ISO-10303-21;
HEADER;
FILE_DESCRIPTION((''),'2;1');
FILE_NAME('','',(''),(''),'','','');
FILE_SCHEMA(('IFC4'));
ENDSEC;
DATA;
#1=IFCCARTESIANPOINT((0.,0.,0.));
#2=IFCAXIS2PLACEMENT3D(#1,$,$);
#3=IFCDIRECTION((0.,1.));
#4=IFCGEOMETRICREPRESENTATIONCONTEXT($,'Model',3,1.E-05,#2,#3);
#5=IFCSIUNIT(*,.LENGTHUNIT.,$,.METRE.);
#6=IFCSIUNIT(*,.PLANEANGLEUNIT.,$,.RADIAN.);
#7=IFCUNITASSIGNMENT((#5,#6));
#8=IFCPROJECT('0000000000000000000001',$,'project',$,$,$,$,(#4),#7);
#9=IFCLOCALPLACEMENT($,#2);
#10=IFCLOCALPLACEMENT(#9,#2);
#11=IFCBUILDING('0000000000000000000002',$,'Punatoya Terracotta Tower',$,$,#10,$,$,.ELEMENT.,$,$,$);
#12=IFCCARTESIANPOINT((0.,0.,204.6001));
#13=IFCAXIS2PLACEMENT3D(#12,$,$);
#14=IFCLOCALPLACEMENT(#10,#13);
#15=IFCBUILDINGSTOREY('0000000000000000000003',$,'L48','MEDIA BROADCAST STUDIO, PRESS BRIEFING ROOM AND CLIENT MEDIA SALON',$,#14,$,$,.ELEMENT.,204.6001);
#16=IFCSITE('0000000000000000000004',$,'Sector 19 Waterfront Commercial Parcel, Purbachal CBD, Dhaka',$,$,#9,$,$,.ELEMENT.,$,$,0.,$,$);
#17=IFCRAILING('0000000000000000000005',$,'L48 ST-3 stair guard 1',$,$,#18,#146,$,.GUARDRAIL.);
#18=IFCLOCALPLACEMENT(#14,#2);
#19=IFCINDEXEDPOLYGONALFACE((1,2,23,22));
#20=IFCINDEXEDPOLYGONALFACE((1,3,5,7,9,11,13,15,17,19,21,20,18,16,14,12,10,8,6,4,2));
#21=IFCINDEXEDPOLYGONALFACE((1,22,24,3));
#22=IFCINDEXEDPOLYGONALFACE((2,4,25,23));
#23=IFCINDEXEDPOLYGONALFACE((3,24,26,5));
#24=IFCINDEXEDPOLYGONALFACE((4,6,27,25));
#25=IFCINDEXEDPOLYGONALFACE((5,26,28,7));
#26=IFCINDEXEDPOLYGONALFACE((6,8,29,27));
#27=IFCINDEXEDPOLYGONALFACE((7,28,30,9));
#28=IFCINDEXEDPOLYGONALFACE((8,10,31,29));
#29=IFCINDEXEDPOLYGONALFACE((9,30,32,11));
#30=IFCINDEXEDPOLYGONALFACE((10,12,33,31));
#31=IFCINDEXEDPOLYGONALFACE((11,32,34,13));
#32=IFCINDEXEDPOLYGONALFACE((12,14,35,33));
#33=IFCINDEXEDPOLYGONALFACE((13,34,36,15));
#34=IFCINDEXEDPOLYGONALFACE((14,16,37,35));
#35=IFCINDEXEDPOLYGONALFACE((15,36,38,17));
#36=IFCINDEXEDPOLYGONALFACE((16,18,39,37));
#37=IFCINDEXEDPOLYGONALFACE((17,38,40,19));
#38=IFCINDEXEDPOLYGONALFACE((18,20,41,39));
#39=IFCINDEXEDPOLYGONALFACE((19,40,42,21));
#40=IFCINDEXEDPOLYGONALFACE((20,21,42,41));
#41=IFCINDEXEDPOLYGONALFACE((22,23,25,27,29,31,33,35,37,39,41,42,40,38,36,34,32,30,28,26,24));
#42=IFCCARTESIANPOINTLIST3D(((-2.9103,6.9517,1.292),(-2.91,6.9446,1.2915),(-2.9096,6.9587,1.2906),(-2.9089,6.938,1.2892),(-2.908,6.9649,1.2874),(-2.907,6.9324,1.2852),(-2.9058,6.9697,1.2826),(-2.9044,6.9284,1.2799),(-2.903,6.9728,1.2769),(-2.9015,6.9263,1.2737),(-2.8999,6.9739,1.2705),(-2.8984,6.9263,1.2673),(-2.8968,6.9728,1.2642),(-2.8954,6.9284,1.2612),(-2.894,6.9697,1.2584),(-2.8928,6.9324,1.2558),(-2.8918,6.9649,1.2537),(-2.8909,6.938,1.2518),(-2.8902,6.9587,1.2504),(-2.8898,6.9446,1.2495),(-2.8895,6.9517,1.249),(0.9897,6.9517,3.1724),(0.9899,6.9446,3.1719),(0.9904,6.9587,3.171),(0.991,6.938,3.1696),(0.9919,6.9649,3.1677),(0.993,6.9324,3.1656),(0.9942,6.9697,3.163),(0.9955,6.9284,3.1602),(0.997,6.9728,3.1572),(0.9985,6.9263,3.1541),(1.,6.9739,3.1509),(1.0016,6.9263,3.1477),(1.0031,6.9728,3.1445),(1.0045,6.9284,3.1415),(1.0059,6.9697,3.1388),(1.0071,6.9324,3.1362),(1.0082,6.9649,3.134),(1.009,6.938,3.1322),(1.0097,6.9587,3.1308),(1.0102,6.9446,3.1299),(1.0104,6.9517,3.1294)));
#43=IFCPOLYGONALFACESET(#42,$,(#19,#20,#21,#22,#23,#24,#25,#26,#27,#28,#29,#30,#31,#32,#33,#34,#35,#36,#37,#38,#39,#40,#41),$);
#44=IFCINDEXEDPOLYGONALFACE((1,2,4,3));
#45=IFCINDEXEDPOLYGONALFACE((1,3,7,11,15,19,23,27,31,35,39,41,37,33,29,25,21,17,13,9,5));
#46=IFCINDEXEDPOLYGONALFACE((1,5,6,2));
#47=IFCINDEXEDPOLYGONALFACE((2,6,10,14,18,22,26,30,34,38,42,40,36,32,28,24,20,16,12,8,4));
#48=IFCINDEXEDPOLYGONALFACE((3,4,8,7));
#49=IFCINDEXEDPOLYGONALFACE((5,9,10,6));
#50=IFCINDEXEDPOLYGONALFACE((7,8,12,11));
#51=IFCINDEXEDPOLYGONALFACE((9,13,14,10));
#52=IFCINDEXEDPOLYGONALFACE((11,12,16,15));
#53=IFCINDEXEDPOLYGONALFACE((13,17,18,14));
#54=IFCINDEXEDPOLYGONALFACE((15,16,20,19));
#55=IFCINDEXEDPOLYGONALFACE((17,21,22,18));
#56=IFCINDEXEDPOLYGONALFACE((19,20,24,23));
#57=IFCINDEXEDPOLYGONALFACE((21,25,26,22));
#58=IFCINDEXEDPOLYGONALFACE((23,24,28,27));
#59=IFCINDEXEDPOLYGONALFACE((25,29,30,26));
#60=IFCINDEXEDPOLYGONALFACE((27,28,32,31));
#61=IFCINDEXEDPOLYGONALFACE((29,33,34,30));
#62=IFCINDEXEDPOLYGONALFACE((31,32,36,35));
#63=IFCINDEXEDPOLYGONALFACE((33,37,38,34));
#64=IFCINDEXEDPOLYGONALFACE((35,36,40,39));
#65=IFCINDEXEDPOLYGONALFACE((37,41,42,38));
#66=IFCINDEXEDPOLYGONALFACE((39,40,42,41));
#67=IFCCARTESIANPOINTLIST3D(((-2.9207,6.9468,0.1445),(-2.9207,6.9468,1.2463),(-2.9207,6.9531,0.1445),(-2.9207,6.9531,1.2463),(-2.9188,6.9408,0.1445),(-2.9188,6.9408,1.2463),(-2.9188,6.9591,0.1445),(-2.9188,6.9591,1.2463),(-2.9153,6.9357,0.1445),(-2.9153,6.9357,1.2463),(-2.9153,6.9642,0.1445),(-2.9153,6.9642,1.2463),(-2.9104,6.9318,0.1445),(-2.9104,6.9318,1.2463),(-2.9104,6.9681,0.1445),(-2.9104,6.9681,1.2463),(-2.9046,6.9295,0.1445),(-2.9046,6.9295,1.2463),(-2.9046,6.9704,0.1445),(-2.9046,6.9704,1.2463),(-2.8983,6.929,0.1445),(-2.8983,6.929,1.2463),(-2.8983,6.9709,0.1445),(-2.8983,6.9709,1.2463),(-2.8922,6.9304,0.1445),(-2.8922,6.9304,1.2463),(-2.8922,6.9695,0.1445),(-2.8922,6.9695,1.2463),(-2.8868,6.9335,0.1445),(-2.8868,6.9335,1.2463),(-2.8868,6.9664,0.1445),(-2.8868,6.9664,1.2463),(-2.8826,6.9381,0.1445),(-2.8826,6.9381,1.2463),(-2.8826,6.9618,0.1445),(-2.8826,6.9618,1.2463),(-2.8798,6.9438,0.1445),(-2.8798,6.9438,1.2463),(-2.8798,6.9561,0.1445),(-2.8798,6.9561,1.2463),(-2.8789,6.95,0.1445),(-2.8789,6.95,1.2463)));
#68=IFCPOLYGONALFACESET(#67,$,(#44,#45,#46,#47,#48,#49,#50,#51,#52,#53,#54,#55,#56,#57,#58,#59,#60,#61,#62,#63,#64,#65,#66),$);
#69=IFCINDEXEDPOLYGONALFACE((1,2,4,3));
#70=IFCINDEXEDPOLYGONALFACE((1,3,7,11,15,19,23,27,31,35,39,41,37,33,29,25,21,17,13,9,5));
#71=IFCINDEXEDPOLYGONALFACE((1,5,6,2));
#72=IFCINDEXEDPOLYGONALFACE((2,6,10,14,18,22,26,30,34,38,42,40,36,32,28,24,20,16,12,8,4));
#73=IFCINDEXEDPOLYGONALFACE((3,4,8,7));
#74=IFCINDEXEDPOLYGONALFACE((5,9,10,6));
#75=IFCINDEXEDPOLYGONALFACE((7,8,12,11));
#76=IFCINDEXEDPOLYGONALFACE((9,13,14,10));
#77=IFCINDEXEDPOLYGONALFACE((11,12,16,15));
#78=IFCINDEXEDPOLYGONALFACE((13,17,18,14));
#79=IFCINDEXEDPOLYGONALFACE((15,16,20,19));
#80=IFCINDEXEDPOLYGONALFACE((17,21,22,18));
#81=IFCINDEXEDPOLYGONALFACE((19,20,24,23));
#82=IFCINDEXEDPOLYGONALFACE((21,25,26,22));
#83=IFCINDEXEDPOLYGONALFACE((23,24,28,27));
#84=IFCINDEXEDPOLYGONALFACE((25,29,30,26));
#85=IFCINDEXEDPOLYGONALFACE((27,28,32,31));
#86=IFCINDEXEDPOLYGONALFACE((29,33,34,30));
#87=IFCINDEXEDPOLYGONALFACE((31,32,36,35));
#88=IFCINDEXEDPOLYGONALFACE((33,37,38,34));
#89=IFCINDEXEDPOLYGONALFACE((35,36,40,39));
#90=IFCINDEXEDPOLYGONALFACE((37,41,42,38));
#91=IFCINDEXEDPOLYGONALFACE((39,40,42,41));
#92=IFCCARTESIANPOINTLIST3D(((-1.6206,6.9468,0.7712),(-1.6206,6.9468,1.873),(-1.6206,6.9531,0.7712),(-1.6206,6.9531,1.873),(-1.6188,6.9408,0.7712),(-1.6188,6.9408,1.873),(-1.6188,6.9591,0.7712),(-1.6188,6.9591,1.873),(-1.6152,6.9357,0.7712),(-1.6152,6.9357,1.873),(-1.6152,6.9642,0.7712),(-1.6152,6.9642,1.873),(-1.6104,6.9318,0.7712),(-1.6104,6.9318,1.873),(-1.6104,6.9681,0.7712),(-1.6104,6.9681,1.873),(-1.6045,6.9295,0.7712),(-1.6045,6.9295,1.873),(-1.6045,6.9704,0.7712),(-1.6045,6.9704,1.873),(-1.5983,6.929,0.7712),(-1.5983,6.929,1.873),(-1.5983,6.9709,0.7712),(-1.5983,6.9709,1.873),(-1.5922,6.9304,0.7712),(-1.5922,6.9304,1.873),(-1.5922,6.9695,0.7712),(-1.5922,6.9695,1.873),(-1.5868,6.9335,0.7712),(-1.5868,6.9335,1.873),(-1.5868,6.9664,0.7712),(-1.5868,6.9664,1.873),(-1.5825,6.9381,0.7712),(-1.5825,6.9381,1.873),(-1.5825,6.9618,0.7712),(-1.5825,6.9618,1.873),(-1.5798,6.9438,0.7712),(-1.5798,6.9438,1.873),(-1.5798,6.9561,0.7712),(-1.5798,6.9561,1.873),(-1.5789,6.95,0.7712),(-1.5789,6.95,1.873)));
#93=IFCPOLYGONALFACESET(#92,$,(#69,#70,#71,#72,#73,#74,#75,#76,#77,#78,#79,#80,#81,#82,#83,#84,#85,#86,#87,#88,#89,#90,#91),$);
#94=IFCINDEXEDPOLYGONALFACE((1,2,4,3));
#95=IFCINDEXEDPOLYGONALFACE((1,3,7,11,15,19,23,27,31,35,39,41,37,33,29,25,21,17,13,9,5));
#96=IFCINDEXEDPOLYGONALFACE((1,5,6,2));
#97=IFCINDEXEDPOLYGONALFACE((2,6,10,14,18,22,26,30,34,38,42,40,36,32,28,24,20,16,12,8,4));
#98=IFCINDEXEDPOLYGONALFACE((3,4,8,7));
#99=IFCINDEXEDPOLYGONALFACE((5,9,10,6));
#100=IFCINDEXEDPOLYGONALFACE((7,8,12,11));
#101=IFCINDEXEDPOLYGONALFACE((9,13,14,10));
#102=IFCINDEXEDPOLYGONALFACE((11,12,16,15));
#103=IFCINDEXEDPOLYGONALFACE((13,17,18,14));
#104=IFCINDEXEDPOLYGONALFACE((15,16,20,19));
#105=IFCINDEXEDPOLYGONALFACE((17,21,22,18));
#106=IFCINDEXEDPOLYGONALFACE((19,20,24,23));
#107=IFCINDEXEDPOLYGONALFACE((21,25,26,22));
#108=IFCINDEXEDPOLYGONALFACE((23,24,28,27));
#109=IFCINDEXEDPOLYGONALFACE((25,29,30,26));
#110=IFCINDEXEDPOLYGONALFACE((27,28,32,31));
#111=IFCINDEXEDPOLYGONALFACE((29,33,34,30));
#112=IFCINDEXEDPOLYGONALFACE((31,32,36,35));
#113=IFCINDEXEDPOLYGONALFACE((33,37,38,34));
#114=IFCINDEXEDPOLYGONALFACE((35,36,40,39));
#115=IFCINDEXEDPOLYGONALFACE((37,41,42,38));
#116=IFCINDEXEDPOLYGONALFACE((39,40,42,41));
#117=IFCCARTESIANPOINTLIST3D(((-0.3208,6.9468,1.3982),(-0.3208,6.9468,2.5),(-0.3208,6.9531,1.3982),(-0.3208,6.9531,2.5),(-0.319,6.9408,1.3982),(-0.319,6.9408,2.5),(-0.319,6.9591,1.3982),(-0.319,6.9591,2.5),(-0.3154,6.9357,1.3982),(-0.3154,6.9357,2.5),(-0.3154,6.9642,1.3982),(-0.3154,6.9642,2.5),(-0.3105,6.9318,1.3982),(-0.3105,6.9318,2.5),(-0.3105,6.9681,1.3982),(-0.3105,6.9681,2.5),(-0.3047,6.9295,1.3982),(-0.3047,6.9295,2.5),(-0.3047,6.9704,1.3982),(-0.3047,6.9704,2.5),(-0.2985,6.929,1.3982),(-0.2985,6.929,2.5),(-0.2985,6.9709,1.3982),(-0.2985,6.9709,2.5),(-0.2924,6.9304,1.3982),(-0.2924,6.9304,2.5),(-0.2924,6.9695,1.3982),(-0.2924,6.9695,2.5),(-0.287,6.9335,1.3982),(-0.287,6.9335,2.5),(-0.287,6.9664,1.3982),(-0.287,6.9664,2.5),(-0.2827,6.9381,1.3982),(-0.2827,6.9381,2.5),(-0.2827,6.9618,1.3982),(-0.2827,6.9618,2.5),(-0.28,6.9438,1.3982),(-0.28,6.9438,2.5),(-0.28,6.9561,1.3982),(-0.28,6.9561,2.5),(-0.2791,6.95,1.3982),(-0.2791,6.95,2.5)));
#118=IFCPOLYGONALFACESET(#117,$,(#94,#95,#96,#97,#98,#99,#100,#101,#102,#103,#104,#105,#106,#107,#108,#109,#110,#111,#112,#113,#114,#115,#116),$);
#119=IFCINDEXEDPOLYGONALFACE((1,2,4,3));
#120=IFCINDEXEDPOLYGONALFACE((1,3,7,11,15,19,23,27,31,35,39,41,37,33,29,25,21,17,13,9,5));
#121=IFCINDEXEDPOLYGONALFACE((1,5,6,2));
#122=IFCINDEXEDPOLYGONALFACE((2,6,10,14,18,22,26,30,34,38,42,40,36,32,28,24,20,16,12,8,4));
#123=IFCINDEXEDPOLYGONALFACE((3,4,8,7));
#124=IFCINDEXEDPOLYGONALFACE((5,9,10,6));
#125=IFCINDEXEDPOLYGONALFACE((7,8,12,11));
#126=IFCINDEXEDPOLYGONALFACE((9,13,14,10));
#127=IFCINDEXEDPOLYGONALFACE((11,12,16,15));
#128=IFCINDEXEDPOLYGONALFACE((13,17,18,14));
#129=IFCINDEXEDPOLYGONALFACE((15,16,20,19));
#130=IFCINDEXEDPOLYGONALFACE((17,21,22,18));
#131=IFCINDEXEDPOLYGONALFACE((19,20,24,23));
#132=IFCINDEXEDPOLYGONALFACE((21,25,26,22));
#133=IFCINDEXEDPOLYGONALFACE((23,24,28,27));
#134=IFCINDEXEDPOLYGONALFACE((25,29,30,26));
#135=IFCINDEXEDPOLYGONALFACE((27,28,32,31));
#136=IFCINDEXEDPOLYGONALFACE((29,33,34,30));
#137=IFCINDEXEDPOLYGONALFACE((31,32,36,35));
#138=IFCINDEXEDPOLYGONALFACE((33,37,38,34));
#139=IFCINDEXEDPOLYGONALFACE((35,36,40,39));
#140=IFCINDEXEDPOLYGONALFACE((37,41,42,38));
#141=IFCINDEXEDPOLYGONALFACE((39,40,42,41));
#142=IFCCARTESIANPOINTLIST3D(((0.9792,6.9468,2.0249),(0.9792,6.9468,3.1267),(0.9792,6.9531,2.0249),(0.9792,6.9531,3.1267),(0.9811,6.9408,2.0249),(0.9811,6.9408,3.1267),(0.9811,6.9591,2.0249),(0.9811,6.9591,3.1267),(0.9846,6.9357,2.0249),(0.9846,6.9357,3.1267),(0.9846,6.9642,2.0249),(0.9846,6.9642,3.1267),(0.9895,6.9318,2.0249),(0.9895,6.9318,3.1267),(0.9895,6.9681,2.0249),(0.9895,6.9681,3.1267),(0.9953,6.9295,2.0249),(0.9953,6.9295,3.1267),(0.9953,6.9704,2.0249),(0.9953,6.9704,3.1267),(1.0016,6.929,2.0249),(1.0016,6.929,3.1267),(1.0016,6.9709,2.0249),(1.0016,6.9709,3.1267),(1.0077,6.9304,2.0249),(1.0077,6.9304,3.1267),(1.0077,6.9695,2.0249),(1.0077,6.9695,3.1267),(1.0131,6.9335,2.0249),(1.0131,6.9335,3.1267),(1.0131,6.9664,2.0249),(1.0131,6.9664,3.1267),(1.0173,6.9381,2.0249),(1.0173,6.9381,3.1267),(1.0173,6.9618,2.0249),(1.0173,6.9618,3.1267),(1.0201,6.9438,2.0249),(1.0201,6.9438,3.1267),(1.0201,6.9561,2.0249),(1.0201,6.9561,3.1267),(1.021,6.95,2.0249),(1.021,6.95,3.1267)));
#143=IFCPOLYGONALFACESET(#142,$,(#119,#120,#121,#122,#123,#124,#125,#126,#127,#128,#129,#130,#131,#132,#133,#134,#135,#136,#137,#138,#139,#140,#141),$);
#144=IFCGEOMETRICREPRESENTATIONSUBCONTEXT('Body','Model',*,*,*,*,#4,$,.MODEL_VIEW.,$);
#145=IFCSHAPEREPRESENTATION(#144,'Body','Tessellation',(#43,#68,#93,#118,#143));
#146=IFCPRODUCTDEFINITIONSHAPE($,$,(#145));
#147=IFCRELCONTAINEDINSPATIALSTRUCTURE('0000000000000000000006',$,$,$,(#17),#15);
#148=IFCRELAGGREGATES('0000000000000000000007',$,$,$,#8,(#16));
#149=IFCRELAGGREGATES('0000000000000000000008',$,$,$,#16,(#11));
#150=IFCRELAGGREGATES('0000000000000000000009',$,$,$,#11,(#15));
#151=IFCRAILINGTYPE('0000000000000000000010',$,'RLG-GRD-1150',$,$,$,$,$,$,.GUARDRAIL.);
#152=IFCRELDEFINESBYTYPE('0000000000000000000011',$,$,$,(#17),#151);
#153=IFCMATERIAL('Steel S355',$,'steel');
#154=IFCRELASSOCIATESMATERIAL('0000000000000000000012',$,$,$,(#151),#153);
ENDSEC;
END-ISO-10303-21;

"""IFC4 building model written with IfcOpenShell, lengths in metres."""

from ifc_helpers import new_model, si_unit, direction, frame, origin, origin_2d, place, context, subcontext, project, spatial, circle, extrude, material, type_object, element, save


model = new_model("IFC4")

# Units and contexts
model_context = context("Model", 3, precision=1e-05, world=origin(), true_north=direction((0.0, 1.0)))
body_context = subcontext(model_context, "Body", "Model", "MODEL_VIEW")
ifc_project = project(units=[si_unit("LENGTHUNIT", "METRE"), si_unit("PLANEANGLEUNIT", "RADIAN")], contexts=[model_context])

# Site, building, storey
site_placement = place(None, origin())
site = spatial("IfcSite", under=ifc_project, at=site_placement, Name="Sector 19 Waterfront Commercial Parcel, Purbachal CBD, Dhaka", CompositionType="ELEMENT", RefElevation=0.0)
building_placement = place(site_placement, origin())
building = spatial("IfcBuilding", under=site, at=building_placement, Name="Punatoya Terracotta Tower", CompositionType="ELEMENT")
storey_placement = place(building_placement, frame((0.0, 0.0, 204.6001)))
storey = spatial("IfcBuildingStorey", under=building, at=storey_placement, Name="L48", Description="MEDIA BROADCAST STUDIO, PRESS BRIEFING ROOM AND CLIENT MEDIA SALON", CompositionType="ELEMENT", Elevation=204.6001)

# Shared definitions
ifc_material_1 = material(Name="Steel S355", Category="steel")

# Railing
railing_type = type_object("IfcRailingType", Name="RLG-GRD-1150", PredefinedType="GUARDRAIL", material=ifc_material_1)
railing_1_placement = place(storey_placement, frame((-2.8999, 6.95, 0.1445)))
element("IfcRailing", 1, at=railing_1_placement, inside=storey, type_object=railing_type, Name="L48 ST-3 stair guard 1", PredefinedType="GUARDRAIL", context=body_context, shape_type="SweptSolid", body=[
    extrude(circle(Radius=0.0239, at=origin_2d()), frame((0.0, 0.0, 1.126), z_axis=(0.900763, 0.0, 0.434311), x_axis=(0.0, 1.0, 0.0)), (0.0, 0.0, 1.0), 4.3296),
    extrude(circle(Radius=0.021, at=origin_2d()), origin(), (0.0, 0.0, 1.0), 1.1018),
    extrude(circle(Radius=0.021, at=origin_2d()), frame((1.3, 0.0, 0.6267)), (0.0, 0.0, 1.0), 1.1018),
    extrude(circle(Radius=0.021, at=origin_2d()), frame((2.5999, 0.0, 1.2537)), (0.0, 0.0, 1.0), 1.1018),
    extrude(circle(Radius=0.021, at=origin_2d()), frame((3.8999, 0.0, 1.8804)), (0.0, 0.0, 1.0), 1.1018),
])

save(model, "model.ifc")
